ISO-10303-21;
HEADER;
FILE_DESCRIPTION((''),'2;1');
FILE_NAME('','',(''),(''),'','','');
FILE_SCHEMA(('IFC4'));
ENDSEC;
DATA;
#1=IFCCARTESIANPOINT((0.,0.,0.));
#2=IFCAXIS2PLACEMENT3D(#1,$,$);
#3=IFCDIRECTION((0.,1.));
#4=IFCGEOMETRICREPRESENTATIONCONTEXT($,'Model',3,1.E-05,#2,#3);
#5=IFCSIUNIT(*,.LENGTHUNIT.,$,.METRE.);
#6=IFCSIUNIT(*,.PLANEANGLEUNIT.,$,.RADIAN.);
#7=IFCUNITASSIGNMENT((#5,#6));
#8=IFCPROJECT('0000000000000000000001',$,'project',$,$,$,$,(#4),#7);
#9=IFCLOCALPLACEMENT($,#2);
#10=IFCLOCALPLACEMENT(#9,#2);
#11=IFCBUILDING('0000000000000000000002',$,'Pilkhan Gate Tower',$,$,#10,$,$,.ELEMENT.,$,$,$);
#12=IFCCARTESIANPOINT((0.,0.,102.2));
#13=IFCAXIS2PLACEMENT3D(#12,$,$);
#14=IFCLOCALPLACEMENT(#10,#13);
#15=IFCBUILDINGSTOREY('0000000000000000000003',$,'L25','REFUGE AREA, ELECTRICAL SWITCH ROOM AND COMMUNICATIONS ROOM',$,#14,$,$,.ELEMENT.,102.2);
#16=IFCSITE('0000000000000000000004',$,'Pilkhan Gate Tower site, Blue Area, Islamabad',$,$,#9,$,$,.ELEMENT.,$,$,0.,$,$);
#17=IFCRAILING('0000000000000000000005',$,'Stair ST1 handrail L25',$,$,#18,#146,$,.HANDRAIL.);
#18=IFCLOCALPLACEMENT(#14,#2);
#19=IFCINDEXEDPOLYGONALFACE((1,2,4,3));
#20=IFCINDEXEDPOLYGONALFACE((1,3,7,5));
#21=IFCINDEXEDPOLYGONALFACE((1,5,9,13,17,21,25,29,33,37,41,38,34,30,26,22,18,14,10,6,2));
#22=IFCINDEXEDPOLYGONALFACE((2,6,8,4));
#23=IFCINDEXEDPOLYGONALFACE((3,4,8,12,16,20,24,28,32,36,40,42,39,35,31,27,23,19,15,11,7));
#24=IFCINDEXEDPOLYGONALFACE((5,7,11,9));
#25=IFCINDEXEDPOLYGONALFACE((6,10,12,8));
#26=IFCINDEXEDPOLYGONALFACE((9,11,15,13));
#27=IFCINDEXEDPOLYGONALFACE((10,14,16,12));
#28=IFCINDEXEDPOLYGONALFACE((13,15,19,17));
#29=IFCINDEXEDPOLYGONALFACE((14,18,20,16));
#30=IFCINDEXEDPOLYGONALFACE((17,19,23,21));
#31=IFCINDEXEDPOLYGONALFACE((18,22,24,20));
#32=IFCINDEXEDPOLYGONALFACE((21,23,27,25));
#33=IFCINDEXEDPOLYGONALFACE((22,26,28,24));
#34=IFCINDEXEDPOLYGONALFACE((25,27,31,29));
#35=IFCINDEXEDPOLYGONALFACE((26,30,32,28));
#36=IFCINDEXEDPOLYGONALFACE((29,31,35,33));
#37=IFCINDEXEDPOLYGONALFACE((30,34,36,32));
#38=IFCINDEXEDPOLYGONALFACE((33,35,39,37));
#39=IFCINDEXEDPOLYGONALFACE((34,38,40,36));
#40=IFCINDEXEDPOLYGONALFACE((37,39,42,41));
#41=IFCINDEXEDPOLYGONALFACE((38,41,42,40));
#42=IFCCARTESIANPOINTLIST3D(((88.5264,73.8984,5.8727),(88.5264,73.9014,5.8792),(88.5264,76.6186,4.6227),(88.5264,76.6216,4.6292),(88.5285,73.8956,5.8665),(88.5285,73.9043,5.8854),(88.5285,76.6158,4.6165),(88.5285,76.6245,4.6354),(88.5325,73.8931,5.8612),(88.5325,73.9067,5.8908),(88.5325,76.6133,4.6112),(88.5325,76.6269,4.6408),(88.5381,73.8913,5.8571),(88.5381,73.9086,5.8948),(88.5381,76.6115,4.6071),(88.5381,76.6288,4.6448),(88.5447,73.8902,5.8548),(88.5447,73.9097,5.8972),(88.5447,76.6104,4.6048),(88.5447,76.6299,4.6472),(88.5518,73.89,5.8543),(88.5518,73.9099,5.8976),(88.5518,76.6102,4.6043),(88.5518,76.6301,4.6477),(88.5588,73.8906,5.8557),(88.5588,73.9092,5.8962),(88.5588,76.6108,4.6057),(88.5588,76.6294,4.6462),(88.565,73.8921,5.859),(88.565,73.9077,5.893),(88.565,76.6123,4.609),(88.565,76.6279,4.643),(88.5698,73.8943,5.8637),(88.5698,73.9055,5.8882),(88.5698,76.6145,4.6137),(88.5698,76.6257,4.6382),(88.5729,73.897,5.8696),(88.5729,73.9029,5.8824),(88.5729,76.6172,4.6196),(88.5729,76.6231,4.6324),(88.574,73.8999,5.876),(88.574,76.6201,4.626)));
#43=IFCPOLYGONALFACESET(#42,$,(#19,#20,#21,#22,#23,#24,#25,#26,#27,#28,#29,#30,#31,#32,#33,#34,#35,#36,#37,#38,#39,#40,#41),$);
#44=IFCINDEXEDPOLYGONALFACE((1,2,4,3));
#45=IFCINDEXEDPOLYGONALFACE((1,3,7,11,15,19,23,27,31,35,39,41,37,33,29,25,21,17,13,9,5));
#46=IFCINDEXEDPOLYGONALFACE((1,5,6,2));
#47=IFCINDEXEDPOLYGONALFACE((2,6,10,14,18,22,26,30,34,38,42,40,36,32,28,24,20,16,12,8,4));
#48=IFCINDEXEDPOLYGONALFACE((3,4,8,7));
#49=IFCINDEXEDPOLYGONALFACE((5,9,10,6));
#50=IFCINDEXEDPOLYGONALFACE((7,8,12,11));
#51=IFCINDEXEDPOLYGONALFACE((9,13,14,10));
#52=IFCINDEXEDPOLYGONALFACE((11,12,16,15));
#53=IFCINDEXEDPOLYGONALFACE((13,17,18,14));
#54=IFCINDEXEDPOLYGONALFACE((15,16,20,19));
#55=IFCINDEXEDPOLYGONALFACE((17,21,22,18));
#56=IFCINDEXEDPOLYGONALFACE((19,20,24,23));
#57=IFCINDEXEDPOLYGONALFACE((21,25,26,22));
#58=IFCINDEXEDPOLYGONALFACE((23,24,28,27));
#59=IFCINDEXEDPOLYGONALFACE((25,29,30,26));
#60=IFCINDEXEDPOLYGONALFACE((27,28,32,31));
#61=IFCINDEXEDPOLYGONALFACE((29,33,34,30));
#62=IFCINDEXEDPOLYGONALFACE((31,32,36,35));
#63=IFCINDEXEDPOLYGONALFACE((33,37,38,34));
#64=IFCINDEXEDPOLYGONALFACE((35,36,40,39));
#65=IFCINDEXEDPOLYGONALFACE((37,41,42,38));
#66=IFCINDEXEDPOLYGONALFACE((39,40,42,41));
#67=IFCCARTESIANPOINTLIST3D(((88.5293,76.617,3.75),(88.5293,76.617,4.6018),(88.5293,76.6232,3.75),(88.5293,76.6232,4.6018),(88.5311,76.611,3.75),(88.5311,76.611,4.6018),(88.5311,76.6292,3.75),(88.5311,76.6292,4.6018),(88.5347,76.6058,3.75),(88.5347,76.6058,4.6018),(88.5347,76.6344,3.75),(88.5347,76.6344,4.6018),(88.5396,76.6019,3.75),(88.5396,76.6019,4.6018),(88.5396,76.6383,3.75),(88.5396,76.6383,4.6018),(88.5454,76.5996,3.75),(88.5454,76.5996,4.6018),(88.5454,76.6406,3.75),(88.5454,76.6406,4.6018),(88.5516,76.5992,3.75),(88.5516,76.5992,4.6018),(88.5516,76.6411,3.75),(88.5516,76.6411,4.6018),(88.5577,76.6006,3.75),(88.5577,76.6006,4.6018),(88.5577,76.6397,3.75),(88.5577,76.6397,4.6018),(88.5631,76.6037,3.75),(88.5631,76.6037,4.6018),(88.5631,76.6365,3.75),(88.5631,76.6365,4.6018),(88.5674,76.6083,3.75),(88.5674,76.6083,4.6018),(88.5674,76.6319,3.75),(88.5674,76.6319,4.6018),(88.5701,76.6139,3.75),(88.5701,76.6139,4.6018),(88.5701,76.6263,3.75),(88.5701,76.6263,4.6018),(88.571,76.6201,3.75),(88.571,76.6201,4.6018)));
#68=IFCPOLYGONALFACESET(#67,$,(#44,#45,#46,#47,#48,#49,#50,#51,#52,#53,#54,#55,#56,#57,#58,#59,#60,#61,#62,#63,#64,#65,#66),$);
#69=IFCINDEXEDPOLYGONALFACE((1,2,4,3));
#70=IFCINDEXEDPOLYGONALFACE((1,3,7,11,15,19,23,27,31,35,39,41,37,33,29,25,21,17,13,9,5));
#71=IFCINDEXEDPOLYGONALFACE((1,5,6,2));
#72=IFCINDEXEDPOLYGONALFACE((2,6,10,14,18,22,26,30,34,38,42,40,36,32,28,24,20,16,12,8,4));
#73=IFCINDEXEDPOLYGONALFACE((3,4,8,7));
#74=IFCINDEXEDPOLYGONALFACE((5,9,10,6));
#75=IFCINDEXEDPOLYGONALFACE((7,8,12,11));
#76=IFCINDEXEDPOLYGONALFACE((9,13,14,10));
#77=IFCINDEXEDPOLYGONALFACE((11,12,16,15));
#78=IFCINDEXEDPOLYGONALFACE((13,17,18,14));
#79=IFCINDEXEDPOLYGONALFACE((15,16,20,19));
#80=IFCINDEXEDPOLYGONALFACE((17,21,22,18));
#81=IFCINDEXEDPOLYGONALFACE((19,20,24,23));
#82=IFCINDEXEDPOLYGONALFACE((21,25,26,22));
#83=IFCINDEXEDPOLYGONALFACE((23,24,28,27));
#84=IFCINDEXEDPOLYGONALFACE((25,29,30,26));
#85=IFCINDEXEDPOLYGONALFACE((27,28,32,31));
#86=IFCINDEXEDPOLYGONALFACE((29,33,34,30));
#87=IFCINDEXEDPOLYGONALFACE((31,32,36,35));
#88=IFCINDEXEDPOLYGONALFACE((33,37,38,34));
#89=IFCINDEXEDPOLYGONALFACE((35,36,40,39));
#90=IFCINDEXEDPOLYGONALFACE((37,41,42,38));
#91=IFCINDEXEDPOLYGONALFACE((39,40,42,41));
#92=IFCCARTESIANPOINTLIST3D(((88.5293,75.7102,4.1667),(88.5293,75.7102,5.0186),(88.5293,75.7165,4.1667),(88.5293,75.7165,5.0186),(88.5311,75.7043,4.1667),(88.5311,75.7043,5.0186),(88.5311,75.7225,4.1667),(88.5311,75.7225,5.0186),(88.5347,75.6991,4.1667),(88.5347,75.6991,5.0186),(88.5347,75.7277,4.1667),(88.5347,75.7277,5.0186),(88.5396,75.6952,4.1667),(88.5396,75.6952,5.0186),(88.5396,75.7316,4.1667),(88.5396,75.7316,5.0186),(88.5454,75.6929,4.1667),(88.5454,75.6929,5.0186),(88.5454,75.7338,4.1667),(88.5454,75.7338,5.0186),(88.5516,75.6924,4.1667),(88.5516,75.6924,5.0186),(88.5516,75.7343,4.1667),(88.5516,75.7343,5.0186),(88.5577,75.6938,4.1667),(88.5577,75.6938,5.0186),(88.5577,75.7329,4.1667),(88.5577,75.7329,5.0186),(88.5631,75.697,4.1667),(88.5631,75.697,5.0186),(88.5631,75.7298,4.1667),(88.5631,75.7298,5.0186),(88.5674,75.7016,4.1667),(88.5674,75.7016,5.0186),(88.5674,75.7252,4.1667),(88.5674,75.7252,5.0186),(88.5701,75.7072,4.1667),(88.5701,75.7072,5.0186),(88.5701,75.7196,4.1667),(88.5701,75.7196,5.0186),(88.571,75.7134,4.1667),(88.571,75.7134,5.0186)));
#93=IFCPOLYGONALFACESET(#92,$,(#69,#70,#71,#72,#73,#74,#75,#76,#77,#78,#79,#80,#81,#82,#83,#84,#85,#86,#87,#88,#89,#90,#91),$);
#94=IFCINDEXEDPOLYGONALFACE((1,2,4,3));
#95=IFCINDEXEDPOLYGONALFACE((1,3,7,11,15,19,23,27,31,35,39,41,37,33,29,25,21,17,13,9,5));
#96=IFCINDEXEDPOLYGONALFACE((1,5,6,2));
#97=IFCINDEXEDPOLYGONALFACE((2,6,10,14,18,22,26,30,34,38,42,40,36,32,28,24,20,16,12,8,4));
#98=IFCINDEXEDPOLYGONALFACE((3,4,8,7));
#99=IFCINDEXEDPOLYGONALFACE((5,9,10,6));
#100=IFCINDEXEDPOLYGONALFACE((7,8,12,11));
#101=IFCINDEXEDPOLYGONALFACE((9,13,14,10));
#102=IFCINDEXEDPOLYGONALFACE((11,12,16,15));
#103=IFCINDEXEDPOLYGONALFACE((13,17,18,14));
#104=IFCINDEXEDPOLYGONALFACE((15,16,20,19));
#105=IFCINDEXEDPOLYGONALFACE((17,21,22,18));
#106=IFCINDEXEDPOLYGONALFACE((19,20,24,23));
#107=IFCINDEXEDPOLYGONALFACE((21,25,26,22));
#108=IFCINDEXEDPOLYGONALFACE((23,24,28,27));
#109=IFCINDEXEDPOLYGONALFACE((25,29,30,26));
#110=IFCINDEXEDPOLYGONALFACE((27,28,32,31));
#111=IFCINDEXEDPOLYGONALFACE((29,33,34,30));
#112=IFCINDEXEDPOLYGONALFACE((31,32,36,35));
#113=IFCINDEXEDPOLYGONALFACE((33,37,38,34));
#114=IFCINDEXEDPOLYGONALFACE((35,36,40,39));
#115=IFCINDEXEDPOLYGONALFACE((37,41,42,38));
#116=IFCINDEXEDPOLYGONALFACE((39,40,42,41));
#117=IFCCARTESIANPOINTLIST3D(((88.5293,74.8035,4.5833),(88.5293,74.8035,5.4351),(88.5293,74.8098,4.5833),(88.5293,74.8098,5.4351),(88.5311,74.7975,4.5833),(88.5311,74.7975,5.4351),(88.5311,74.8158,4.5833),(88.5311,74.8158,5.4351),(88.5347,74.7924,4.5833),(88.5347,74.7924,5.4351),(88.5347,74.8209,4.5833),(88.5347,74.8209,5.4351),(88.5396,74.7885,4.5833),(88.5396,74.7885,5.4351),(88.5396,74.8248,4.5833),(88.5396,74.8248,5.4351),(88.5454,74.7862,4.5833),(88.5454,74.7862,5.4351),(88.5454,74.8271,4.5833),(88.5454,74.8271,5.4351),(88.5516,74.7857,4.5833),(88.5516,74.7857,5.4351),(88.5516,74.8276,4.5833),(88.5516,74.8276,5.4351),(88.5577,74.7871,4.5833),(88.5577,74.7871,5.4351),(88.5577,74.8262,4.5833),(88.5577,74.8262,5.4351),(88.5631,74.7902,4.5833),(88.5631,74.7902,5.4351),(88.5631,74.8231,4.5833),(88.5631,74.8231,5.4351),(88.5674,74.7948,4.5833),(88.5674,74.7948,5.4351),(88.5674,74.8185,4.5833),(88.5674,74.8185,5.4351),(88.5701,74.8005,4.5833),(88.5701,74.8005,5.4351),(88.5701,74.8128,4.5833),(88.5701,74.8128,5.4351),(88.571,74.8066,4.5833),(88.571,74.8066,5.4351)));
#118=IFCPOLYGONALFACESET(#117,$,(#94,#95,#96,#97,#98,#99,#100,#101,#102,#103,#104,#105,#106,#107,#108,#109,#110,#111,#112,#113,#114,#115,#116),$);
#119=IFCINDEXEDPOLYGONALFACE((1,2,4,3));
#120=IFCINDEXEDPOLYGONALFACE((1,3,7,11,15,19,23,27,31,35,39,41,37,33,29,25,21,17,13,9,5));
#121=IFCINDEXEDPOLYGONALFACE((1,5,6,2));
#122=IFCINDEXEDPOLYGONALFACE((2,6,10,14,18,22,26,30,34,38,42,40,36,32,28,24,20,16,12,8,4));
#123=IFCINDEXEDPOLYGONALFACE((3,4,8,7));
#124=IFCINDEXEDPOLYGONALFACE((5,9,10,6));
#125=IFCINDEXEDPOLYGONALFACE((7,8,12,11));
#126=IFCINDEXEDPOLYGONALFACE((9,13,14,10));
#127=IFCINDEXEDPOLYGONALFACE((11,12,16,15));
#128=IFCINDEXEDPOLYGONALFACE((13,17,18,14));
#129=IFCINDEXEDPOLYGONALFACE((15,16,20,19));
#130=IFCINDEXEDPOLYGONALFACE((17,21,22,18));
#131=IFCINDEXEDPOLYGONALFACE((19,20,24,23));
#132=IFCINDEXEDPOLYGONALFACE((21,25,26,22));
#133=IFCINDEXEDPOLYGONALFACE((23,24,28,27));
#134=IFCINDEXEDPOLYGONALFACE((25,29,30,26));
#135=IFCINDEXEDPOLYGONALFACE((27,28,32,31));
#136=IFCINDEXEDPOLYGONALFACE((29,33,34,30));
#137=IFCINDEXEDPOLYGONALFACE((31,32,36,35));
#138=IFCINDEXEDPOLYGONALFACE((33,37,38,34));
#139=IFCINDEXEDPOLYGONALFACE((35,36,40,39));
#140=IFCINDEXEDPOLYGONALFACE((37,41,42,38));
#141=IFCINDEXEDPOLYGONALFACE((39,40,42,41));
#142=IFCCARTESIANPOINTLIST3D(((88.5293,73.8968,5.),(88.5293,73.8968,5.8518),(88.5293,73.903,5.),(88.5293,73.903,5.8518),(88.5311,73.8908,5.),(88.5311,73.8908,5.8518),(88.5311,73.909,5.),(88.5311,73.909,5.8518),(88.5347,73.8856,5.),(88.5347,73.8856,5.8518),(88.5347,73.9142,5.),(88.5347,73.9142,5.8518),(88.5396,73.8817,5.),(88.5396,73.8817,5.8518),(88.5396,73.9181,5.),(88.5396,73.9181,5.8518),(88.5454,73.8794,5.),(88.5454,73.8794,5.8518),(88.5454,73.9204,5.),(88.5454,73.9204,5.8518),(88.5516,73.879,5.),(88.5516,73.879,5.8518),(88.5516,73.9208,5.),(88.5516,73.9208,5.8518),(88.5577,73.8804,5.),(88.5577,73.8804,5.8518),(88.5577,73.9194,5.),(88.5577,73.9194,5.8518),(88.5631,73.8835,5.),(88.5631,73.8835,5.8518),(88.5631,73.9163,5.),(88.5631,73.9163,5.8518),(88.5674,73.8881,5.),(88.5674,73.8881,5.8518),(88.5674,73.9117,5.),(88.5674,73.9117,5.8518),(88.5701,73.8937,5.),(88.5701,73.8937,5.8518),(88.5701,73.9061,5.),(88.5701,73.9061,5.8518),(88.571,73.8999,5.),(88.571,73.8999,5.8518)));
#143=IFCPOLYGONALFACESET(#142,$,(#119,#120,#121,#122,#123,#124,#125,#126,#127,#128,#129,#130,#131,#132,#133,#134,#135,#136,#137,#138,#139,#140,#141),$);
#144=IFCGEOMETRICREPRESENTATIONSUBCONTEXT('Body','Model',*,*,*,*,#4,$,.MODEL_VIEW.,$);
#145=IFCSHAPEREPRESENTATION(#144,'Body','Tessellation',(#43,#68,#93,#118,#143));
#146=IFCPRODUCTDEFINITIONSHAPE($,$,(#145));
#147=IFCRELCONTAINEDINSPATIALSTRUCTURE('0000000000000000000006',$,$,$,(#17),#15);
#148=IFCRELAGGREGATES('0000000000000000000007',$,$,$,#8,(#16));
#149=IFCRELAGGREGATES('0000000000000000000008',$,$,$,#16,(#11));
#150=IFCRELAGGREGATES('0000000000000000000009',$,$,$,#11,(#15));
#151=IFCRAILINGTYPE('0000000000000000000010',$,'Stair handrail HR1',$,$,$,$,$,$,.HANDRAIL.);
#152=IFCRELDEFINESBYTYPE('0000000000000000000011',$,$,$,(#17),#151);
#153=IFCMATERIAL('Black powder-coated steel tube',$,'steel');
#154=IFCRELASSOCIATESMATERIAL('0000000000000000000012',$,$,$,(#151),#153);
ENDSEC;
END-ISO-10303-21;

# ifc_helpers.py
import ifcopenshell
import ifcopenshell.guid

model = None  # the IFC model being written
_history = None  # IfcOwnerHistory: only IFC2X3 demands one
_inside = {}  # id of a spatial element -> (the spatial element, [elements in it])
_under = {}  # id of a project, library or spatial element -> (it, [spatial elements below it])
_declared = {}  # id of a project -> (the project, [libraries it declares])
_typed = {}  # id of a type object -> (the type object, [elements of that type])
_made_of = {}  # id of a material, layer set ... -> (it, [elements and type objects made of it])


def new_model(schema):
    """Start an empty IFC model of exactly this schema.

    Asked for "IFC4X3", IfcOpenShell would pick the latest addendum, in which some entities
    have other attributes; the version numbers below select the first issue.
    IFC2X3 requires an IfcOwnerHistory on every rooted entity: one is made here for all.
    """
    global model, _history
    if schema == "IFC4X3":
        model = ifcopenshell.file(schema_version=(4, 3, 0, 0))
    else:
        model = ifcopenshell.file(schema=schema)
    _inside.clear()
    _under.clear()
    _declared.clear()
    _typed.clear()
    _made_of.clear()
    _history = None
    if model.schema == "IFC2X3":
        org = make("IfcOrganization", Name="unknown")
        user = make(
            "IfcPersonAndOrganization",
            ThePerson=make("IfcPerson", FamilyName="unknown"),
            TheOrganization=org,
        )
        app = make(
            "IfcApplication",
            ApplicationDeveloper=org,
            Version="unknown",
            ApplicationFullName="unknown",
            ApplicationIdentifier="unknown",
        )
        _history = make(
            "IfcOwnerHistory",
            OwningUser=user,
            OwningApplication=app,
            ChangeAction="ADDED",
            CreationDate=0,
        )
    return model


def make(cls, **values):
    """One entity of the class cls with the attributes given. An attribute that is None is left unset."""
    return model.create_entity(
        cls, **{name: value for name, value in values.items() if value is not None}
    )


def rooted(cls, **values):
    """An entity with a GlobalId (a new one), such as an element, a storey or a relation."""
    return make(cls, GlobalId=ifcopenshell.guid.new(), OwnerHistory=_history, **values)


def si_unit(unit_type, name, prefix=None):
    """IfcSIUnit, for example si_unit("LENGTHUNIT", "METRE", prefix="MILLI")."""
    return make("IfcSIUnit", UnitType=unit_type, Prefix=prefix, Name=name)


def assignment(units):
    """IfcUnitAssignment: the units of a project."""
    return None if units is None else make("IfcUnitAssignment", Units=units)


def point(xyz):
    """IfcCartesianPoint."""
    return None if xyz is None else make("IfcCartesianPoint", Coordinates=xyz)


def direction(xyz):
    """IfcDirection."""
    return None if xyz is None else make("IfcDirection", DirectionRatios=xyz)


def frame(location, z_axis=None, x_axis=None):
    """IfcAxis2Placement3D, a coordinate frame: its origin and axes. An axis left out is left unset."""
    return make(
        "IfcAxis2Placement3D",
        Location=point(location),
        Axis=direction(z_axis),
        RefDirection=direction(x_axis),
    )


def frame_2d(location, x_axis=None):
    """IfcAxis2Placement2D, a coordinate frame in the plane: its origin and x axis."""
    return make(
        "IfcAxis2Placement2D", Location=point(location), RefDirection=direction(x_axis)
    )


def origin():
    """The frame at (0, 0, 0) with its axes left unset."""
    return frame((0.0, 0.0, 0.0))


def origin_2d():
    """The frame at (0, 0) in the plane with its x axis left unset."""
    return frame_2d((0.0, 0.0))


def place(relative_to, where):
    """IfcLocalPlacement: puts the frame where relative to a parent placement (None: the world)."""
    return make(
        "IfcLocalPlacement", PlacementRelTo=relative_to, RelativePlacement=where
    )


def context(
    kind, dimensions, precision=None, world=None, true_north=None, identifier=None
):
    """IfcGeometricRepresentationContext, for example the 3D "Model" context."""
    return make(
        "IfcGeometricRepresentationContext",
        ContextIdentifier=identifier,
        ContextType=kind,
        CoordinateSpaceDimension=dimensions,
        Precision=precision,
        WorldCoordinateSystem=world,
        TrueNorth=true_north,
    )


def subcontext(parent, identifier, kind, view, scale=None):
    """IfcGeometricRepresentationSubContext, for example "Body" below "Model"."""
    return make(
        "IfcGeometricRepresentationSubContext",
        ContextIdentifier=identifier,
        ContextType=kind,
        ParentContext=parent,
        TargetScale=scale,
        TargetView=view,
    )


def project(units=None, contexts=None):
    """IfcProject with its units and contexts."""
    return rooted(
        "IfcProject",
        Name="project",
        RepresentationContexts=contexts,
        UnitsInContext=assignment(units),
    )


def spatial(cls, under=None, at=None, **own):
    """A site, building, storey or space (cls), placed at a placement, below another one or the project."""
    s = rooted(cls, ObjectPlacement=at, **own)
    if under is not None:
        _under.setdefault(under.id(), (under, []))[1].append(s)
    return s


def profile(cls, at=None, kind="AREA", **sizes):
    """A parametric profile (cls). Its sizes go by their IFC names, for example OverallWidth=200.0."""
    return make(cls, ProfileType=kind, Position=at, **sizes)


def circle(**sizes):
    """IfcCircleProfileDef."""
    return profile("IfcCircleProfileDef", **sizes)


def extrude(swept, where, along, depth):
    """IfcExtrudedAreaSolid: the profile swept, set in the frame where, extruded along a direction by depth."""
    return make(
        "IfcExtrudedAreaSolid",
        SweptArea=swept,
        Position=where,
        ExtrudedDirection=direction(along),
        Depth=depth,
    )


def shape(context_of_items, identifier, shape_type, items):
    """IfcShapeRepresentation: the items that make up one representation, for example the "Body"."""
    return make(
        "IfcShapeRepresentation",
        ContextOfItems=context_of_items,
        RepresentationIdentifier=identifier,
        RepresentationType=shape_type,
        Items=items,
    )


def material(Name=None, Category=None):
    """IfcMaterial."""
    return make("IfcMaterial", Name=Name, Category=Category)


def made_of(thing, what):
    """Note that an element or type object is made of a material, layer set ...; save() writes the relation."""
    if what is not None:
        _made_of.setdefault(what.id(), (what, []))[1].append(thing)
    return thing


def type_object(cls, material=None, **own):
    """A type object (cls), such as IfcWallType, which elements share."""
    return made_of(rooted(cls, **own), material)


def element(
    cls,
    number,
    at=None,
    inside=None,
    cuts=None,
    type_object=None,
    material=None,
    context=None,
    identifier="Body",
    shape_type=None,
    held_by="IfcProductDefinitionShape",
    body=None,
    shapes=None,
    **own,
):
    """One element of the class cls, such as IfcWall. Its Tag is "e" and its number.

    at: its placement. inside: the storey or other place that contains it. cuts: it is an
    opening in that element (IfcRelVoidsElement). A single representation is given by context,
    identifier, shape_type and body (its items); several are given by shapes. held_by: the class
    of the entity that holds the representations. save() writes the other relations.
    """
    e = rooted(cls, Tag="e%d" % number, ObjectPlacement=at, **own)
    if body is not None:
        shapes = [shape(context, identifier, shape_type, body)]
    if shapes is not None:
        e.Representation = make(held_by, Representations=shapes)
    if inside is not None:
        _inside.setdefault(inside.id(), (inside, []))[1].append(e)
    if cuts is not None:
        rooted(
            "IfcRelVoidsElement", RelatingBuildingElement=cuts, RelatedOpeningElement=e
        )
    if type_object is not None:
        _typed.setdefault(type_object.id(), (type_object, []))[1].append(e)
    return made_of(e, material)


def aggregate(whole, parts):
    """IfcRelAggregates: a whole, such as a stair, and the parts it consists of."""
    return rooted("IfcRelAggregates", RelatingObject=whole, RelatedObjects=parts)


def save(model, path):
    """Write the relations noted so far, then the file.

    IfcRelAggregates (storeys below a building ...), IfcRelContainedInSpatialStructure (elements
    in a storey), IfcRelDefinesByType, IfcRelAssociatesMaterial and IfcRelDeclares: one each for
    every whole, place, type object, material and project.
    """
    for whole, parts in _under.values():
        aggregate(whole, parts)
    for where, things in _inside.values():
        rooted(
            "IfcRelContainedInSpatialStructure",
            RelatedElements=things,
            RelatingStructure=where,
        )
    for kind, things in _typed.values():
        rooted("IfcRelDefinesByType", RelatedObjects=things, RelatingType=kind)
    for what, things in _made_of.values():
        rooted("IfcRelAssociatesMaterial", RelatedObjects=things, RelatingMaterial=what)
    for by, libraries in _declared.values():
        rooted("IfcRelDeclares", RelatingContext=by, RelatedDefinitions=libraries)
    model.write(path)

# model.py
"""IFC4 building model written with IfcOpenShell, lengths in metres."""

from ifc_helpers import new_model, si_unit, direction, frame, origin, origin_2d, place, context, subcontext, project, spatial, circle, extrude, material, type_object, element, save


model = new_model("IFC4")

# Units and contexts
model_context = context("Model", 3, precision=1e-05, world=origin(), true_north=direction((0.0, 1.0)))
body_context = subcontext(model_context, "Body", "Model", "MODEL_VIEW")
ifc_project = project(units=[si_unit("LENGTHUNIT", "METRE"), si_unit("PLANEANGLEUNIT", "RADIAN")], contexts=[model_context])

# Site, building, storey
site_placement = place(None, origin())
site = spatial("IfcSite", under=ifc_project, at=site_placement, Name="Pilkhan Gate Tower site, Blue Area, Islamabad", CompositionType="ELEMENT", RefElevation=0.0)
building_placement = place(site_placement, origin())
building = spatial("IfcBuilding", under=site, at=building_placement, Name="Pilkhan Gate Tower", CompositionType="ELEMENT")
storey_placement = place(building_placement, frame((0.0, 0.0, 102.2)))
storey = spatial("IfcBuildingStorey", under=building, at=storey_placement, Name="L25", Description="REFUGE AREA, ELECTRICAL SWITCH ROOM AND COMMUNICATIONS ROOM", CompositionType="ELEMENT", Elevation=102.2)

# Railing
ifc_material_1 = material(Name="Black powder-coated steel tube", Category="steel")
railing_type_1 = type_object("IfcRailingType", Name="Stair handrail HR1", PredefinedType="HANDRAIL", material=ifc_material_1)
railing_1_placement = place(storey_placement, frame((88.55, 76.6201, 3.75)))
element("IfcRailing", 1, at=railing_1_placement, inside=storey, type_object=railing_type_1, Name="Stair ST1 handrail L25", PredefinedType="HANDRAIL", context=body_context, shape_type="SweptSolid", body=[
    extrude(circle(Radius=0.0239, at=origin_2d()), frame((0.0, 0.0, 0.876), z_axis=(0.0, -0.908655, 0.417547), x_axis=(1.0, 0.0, 0.0)), (0.0, 0.0, 1.0), 2.9937),
    extrude(circle(Radius=0.021, at=origin_2d()), origin(), (0.0, 0.0, 1.0), 0.8518),
    extrude(circle(Radius=0.021, at=origin_2d()), frame((0.0, -0.9067, 0.4167)), (0.0, 0.0, 1.0), 0.8518),
    extrude(circle(Radius=0.021, at=origin_2d()), frame((0.0, -1.8135, 0.8333)), (0.0, 0.0, 1.0), 0.8518),
    extrude(circle(Radius=0.021, at=origin_2d()), frame((0.0, -2.7202, 1.25)), (0.0, 0.0, 1.0), 0.8518),
])

save(model, "model.ifc")
